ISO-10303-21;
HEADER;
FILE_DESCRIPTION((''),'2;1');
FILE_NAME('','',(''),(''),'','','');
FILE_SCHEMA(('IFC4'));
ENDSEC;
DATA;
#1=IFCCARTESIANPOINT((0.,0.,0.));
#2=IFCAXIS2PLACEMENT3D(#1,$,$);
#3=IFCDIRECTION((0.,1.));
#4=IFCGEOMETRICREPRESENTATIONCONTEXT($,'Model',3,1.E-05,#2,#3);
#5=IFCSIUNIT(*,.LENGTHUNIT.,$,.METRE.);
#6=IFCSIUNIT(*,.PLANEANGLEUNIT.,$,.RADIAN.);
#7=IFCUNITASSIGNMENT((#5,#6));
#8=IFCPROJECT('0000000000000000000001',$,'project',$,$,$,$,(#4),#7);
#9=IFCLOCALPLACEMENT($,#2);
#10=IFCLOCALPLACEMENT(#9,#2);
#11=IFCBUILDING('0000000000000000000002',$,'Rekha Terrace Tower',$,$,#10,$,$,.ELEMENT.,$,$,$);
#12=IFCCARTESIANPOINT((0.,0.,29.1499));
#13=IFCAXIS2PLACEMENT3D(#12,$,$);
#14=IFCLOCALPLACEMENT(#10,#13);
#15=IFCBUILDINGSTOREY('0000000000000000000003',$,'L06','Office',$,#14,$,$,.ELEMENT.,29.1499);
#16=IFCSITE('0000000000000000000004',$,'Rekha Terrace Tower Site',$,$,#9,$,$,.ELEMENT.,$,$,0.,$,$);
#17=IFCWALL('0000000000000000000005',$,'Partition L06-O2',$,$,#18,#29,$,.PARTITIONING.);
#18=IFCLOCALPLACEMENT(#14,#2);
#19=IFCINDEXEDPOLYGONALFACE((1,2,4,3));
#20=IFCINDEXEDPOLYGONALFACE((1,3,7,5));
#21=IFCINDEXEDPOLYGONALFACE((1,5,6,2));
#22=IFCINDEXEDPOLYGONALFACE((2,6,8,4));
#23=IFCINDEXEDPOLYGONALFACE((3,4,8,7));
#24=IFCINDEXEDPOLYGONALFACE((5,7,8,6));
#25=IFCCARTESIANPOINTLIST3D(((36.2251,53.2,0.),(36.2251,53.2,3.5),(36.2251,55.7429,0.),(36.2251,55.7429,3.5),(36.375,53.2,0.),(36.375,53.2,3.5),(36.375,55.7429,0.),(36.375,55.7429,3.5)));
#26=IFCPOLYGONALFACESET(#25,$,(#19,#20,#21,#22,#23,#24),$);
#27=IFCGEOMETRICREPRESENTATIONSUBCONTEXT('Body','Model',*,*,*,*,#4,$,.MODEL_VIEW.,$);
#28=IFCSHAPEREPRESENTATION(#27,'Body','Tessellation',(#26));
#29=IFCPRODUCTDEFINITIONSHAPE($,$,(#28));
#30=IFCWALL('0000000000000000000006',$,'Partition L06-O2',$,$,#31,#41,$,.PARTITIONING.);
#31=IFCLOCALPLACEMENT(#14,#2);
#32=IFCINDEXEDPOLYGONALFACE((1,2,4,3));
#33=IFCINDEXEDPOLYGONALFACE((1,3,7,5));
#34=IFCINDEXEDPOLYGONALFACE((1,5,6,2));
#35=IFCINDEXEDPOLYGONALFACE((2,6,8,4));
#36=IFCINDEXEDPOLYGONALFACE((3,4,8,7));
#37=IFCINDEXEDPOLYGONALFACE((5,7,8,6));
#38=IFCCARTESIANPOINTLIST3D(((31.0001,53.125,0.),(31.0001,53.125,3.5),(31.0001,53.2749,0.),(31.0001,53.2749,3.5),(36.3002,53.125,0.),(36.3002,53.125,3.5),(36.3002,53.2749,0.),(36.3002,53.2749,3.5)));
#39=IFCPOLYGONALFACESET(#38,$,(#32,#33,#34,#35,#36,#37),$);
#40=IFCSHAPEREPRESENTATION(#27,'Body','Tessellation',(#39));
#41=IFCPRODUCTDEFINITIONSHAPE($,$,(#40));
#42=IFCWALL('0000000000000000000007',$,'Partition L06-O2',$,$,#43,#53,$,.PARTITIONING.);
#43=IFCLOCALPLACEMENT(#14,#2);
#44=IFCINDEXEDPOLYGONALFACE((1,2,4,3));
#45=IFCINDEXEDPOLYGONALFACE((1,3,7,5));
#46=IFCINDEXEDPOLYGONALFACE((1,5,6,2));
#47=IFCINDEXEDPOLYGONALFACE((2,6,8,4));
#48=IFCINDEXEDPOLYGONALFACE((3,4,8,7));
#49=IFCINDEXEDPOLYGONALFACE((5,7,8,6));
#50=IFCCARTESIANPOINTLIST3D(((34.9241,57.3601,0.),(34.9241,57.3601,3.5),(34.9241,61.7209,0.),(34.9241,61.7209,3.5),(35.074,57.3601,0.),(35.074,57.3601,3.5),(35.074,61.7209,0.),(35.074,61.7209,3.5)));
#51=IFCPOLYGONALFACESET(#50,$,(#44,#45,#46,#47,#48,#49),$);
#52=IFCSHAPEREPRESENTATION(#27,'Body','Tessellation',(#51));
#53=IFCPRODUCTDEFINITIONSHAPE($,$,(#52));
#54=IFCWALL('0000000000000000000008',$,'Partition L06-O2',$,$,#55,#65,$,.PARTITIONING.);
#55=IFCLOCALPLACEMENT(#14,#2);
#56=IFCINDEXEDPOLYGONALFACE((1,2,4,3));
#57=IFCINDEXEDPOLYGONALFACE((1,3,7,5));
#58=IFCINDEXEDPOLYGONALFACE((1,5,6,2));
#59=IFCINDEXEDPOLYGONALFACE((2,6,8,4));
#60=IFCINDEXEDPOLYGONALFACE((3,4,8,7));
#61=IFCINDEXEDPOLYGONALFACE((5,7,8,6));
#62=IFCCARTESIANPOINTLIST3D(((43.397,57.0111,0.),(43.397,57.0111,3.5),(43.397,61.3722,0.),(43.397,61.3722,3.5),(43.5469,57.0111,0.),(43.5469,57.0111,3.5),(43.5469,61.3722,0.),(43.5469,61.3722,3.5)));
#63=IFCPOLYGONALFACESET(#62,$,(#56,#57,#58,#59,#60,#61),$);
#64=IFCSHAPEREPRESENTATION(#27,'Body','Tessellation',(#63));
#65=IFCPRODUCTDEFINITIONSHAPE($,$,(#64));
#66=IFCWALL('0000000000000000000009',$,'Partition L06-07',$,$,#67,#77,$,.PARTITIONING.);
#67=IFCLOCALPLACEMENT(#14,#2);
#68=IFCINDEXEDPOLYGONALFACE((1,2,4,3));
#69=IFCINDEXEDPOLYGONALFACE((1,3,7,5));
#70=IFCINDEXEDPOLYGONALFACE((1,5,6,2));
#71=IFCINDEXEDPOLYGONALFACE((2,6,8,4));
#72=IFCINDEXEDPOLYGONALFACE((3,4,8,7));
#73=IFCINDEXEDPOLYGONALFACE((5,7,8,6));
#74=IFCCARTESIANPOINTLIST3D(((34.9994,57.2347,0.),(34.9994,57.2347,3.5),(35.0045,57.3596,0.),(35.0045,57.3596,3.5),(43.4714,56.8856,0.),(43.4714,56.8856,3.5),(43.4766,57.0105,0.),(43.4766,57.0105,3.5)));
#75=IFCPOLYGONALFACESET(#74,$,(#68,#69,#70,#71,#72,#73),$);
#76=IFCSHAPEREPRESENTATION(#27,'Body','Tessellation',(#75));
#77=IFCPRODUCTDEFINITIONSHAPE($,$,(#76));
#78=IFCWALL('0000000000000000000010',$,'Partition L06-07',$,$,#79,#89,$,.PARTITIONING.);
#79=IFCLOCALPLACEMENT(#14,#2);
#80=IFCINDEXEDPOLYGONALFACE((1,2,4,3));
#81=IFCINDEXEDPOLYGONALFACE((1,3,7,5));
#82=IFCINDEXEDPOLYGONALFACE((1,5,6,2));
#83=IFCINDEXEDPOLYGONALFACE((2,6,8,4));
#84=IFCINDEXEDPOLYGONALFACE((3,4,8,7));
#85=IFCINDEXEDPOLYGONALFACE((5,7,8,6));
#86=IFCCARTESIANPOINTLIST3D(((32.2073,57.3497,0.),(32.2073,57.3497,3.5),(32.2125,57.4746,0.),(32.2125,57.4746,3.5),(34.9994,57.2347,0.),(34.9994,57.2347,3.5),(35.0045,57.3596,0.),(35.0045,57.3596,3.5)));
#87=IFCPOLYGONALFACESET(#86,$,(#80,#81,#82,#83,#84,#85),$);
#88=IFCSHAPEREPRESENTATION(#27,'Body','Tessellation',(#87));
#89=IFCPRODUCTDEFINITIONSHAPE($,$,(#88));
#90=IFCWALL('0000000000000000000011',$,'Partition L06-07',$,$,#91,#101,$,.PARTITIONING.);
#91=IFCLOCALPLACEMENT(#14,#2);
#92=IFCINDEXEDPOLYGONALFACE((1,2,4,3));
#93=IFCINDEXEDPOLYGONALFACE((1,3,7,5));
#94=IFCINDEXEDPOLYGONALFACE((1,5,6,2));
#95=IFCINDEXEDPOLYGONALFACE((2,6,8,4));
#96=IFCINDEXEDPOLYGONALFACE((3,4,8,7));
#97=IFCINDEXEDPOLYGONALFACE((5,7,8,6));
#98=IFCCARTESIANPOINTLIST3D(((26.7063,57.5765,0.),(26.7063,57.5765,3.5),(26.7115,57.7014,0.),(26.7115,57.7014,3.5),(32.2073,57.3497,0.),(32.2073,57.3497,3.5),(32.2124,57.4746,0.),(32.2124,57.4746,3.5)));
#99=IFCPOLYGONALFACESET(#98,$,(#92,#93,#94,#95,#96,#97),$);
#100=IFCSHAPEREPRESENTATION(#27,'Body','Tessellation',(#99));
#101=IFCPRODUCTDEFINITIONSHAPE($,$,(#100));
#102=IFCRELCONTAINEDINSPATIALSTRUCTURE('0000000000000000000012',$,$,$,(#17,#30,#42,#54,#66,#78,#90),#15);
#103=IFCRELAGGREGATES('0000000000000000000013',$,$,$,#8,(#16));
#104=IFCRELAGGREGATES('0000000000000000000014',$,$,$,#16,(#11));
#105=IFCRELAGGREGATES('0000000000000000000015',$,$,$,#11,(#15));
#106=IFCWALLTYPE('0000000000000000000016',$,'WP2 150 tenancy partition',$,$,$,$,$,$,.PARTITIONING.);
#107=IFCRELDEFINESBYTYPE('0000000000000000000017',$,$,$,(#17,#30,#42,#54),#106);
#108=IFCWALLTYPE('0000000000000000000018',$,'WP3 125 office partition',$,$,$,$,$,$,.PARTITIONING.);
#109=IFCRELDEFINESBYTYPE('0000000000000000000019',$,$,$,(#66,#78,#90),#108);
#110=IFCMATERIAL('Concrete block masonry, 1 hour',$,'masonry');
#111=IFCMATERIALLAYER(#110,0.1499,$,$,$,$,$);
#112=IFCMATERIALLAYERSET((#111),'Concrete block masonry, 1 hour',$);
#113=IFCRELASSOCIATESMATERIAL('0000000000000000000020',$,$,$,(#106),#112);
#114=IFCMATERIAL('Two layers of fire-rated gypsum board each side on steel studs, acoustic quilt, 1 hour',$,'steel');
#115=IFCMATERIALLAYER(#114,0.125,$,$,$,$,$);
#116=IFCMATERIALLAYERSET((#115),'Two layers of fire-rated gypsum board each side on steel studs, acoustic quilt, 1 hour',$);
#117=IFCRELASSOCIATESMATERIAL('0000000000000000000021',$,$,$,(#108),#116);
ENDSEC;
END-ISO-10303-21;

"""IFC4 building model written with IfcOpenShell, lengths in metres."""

from ifc_helpers import new_model, si_unit, direction, frame, frame_2d, origin, place, context, subcontext, project, spatial, rectangle, extrude, material, layer, layer_set, type_object, element, save


model = new_model("IFC4")

# Units and contexts
model_context = context("Model", 3, precision=1e-05, world=origin(), true_north=direction((0.0, 1.0)))
body_context = subcontext(model_context, "Body", "Model", "MODEL_VIEW")
ifc_project = project(units=[si_unit("LENGTHUNIT", "METRE"), si_unit("PLANEANGLEUNIT", "RADIAN")], contexts=[model_context])

# Site, building, storey
site_placement = place(None, origin())
site = spatial("IfcSite", under=ifc_project, at=site_placement, Name="Rekha Terrace Tower Site", CompositionType="ELEMENT", RefElevation=0.0)
building_placement = place(site_placement, origin())
building = spatial("IfcBuilding", under=site, at=building_placement, Name="Rekha Terrace Tower", CompositionType="ELEMENT")
storey_placement = place(building_placement, frame((0.0, 0.0, 29.1499)))
storey = spatial("IfcBuildingStorey", under=building, at=storey_placement, Name="L06", Description="Office", CompositionType="ELEMENT", Elevation=29.1499)

# Shared definitions
ifc_material_1 = material(Name="Concrete block masonry, 1 hour", Category="masonry")
ifc_layer_1 = layer(ifc_material_1, 0.1499)
ifc_layer_set_1 = layer_set([ifc_layer_1], Name="Concrete block masonry, 1 hour")
wall_type_1 = type_object("IfcWallType", Name="WP2 150 tenancy partition", PredefinedType="PARTITIONING", material=ifc_layer_set_1)

# Walls
wall_1_placement = place(storey_placement, frame((36.3, 55.7429, 0.0), z_axis=(0.0, 0.0, 1.0), x_axis=(0.0, -1.0, 0.0)))
element("IfcWall", 1, at=wall_1_placement, inside=storey, type_object=wall_type_1, Name="Partition L06-O2", PredefinedType="PARTITIONING", context=body_context, shape_type="SweptSolid", body=[
    extrude(rectangle(XDim=2.543, YDim=0.1499, at=frame_2d((1.2715, 0.0))), origin(), (0.0, 0.0, 1.0), 3.5),
])
wall_2_placement = place(storey_placement, frame((36.3, 53.2, 0.0), z_axis=(0.0, 0.0, 1.0), x_axis=(-1.0, 0.0, 0.0)))
element("IfcWall", 2, at=wall_2_placement, inside=storey, type_object=wall_type_1, Name="Partition L06-O2", PredefinedType="PARTITIONING", context=body_context, shape_type="SweptSolid", body=[
    extrude(rectangle(XDim=5.3, YDim=0.1499, at=frame_2d((2.6499, 0.0))), origin(), (0.0, 0.0, 1.0), 3.5),
])
wall_3_placement = place(storey_placement, frame((34.999, 57.3601, 0.0), z_axis=(0.0, 0.0, 1.0), x_axis=(0.0, 1.0, 0.0)))
element("IfcWall", 3, at=wall_3_placement, inside=storey, type_object=wall_type_1, Name="Partition L06-O2", PredefinedType="PARTITIONING", context=body_context, shape_type="SweptSolid", body=[
    extrude(rectangle(XDim=4.3608, YDim=0.1499, at=frame_2d((2.1804, 0.0))), origin(), (0.0, 0.0, 1.0), 3.5),
])
wall_4_placement = place(storey_placement, frame((43.4719, 57.011, 0.0), z_axis=(0.0, 0.0, 1.0), x_axis=(0.0, 1.0, 0.0)))
element("IfcWall", 4, at=wall_4_placement, inside=storey, type_object=wall_type_1, Name="Partition L06-O2", PredefinedType="PARTITIONING", context=body_context, shape_type="SweptSolid", body=[
    extrude(rectangle(XDim=4.3611, YDim=0.1499, at=frame_2d((2.1807, 0.0))), origin(), (0.0, 0.0, 1.0), 3.5),
])
ifc_material_2 = material(Name="Two layers of fire-rated gypsum board each side on steel studs, acoustic quilt, 1 hour", Category="steel")
ifc_layer_2 = layer(ifc_material_2, 0.125)
ifc_layer_set_2 = layer_set([ifc_layer_2], Name="Two layers of fire-rated gypsum board each side on steel studs, acoustic quilt, 1 hour")
wall_type_2 = type_object("IfcWallType", Name="WP3 125 office partition", PredefinedType="PARTITIONING", material=ifc_layer_set_2)
wall_5_placement = place(storey_placement, frame((43.4741, 56.948, 0.0), z_axis=(0.0, 0.0, 1.0), x_axis=(-0.999152, 0.041173, 0.0)))
element("IfcWall", 5, at=wall_5_placement, inside=storey, type_object=wall_type_2, Name="Partition L06-07", PredefinedType="PARTITIONING", context=body_context, shape_type="SweptSolid", body=[
    extrude(rectangle(XDim=8.4792, YDim=0.125, at=frame_2d((4.2397, 0.0))), origin(), (0.0, 0.0, 1.0), 3.5),
])
wall_6_placement = place(storey_placement, frame((35.002, 57.2971, 0.0), z_axis=(0.0, 0.0, 1.0), x_axis=(-0.999153, 0.041151, 0.0)))
element("IfcWall", 6, at=wall_6_placement, inside=storey, type_object=wall_type_2, Name="Partition L06-07", PredefinedType="PARTITIONING", context=body_context, shape_type="SweptSolid", body=[
    extrude(rectangle(XDim=2.7944, YDim=0.125, at=frame_2d((1.3972, 0.0))), origin(), (0.0, 0.0, 1.0), 3.5),
])
wall_7_placement = place(storey_placement, frame((32.21, 57.4121, 0.0), z_axis=(0.0, 0.0, 1.0), x_axis=(-0.999151, 0.041195, 0.0)))
element("IfcWall", 7, at=wall_7_placement, inside=storey, type_object=wall_type_2, Name="Partition L06-07", PredefinedType="PARTITIONING", context=body_context, shape_type="SweptSolid", body=[
    extrude(rectangle(XDim=5.5056, YDim=0.125, at=frame_2d((2.7529, 0.0))), origin(), (0.0, 0.0, 1.0), 3.5),
])

save(model, "model.ifc")
